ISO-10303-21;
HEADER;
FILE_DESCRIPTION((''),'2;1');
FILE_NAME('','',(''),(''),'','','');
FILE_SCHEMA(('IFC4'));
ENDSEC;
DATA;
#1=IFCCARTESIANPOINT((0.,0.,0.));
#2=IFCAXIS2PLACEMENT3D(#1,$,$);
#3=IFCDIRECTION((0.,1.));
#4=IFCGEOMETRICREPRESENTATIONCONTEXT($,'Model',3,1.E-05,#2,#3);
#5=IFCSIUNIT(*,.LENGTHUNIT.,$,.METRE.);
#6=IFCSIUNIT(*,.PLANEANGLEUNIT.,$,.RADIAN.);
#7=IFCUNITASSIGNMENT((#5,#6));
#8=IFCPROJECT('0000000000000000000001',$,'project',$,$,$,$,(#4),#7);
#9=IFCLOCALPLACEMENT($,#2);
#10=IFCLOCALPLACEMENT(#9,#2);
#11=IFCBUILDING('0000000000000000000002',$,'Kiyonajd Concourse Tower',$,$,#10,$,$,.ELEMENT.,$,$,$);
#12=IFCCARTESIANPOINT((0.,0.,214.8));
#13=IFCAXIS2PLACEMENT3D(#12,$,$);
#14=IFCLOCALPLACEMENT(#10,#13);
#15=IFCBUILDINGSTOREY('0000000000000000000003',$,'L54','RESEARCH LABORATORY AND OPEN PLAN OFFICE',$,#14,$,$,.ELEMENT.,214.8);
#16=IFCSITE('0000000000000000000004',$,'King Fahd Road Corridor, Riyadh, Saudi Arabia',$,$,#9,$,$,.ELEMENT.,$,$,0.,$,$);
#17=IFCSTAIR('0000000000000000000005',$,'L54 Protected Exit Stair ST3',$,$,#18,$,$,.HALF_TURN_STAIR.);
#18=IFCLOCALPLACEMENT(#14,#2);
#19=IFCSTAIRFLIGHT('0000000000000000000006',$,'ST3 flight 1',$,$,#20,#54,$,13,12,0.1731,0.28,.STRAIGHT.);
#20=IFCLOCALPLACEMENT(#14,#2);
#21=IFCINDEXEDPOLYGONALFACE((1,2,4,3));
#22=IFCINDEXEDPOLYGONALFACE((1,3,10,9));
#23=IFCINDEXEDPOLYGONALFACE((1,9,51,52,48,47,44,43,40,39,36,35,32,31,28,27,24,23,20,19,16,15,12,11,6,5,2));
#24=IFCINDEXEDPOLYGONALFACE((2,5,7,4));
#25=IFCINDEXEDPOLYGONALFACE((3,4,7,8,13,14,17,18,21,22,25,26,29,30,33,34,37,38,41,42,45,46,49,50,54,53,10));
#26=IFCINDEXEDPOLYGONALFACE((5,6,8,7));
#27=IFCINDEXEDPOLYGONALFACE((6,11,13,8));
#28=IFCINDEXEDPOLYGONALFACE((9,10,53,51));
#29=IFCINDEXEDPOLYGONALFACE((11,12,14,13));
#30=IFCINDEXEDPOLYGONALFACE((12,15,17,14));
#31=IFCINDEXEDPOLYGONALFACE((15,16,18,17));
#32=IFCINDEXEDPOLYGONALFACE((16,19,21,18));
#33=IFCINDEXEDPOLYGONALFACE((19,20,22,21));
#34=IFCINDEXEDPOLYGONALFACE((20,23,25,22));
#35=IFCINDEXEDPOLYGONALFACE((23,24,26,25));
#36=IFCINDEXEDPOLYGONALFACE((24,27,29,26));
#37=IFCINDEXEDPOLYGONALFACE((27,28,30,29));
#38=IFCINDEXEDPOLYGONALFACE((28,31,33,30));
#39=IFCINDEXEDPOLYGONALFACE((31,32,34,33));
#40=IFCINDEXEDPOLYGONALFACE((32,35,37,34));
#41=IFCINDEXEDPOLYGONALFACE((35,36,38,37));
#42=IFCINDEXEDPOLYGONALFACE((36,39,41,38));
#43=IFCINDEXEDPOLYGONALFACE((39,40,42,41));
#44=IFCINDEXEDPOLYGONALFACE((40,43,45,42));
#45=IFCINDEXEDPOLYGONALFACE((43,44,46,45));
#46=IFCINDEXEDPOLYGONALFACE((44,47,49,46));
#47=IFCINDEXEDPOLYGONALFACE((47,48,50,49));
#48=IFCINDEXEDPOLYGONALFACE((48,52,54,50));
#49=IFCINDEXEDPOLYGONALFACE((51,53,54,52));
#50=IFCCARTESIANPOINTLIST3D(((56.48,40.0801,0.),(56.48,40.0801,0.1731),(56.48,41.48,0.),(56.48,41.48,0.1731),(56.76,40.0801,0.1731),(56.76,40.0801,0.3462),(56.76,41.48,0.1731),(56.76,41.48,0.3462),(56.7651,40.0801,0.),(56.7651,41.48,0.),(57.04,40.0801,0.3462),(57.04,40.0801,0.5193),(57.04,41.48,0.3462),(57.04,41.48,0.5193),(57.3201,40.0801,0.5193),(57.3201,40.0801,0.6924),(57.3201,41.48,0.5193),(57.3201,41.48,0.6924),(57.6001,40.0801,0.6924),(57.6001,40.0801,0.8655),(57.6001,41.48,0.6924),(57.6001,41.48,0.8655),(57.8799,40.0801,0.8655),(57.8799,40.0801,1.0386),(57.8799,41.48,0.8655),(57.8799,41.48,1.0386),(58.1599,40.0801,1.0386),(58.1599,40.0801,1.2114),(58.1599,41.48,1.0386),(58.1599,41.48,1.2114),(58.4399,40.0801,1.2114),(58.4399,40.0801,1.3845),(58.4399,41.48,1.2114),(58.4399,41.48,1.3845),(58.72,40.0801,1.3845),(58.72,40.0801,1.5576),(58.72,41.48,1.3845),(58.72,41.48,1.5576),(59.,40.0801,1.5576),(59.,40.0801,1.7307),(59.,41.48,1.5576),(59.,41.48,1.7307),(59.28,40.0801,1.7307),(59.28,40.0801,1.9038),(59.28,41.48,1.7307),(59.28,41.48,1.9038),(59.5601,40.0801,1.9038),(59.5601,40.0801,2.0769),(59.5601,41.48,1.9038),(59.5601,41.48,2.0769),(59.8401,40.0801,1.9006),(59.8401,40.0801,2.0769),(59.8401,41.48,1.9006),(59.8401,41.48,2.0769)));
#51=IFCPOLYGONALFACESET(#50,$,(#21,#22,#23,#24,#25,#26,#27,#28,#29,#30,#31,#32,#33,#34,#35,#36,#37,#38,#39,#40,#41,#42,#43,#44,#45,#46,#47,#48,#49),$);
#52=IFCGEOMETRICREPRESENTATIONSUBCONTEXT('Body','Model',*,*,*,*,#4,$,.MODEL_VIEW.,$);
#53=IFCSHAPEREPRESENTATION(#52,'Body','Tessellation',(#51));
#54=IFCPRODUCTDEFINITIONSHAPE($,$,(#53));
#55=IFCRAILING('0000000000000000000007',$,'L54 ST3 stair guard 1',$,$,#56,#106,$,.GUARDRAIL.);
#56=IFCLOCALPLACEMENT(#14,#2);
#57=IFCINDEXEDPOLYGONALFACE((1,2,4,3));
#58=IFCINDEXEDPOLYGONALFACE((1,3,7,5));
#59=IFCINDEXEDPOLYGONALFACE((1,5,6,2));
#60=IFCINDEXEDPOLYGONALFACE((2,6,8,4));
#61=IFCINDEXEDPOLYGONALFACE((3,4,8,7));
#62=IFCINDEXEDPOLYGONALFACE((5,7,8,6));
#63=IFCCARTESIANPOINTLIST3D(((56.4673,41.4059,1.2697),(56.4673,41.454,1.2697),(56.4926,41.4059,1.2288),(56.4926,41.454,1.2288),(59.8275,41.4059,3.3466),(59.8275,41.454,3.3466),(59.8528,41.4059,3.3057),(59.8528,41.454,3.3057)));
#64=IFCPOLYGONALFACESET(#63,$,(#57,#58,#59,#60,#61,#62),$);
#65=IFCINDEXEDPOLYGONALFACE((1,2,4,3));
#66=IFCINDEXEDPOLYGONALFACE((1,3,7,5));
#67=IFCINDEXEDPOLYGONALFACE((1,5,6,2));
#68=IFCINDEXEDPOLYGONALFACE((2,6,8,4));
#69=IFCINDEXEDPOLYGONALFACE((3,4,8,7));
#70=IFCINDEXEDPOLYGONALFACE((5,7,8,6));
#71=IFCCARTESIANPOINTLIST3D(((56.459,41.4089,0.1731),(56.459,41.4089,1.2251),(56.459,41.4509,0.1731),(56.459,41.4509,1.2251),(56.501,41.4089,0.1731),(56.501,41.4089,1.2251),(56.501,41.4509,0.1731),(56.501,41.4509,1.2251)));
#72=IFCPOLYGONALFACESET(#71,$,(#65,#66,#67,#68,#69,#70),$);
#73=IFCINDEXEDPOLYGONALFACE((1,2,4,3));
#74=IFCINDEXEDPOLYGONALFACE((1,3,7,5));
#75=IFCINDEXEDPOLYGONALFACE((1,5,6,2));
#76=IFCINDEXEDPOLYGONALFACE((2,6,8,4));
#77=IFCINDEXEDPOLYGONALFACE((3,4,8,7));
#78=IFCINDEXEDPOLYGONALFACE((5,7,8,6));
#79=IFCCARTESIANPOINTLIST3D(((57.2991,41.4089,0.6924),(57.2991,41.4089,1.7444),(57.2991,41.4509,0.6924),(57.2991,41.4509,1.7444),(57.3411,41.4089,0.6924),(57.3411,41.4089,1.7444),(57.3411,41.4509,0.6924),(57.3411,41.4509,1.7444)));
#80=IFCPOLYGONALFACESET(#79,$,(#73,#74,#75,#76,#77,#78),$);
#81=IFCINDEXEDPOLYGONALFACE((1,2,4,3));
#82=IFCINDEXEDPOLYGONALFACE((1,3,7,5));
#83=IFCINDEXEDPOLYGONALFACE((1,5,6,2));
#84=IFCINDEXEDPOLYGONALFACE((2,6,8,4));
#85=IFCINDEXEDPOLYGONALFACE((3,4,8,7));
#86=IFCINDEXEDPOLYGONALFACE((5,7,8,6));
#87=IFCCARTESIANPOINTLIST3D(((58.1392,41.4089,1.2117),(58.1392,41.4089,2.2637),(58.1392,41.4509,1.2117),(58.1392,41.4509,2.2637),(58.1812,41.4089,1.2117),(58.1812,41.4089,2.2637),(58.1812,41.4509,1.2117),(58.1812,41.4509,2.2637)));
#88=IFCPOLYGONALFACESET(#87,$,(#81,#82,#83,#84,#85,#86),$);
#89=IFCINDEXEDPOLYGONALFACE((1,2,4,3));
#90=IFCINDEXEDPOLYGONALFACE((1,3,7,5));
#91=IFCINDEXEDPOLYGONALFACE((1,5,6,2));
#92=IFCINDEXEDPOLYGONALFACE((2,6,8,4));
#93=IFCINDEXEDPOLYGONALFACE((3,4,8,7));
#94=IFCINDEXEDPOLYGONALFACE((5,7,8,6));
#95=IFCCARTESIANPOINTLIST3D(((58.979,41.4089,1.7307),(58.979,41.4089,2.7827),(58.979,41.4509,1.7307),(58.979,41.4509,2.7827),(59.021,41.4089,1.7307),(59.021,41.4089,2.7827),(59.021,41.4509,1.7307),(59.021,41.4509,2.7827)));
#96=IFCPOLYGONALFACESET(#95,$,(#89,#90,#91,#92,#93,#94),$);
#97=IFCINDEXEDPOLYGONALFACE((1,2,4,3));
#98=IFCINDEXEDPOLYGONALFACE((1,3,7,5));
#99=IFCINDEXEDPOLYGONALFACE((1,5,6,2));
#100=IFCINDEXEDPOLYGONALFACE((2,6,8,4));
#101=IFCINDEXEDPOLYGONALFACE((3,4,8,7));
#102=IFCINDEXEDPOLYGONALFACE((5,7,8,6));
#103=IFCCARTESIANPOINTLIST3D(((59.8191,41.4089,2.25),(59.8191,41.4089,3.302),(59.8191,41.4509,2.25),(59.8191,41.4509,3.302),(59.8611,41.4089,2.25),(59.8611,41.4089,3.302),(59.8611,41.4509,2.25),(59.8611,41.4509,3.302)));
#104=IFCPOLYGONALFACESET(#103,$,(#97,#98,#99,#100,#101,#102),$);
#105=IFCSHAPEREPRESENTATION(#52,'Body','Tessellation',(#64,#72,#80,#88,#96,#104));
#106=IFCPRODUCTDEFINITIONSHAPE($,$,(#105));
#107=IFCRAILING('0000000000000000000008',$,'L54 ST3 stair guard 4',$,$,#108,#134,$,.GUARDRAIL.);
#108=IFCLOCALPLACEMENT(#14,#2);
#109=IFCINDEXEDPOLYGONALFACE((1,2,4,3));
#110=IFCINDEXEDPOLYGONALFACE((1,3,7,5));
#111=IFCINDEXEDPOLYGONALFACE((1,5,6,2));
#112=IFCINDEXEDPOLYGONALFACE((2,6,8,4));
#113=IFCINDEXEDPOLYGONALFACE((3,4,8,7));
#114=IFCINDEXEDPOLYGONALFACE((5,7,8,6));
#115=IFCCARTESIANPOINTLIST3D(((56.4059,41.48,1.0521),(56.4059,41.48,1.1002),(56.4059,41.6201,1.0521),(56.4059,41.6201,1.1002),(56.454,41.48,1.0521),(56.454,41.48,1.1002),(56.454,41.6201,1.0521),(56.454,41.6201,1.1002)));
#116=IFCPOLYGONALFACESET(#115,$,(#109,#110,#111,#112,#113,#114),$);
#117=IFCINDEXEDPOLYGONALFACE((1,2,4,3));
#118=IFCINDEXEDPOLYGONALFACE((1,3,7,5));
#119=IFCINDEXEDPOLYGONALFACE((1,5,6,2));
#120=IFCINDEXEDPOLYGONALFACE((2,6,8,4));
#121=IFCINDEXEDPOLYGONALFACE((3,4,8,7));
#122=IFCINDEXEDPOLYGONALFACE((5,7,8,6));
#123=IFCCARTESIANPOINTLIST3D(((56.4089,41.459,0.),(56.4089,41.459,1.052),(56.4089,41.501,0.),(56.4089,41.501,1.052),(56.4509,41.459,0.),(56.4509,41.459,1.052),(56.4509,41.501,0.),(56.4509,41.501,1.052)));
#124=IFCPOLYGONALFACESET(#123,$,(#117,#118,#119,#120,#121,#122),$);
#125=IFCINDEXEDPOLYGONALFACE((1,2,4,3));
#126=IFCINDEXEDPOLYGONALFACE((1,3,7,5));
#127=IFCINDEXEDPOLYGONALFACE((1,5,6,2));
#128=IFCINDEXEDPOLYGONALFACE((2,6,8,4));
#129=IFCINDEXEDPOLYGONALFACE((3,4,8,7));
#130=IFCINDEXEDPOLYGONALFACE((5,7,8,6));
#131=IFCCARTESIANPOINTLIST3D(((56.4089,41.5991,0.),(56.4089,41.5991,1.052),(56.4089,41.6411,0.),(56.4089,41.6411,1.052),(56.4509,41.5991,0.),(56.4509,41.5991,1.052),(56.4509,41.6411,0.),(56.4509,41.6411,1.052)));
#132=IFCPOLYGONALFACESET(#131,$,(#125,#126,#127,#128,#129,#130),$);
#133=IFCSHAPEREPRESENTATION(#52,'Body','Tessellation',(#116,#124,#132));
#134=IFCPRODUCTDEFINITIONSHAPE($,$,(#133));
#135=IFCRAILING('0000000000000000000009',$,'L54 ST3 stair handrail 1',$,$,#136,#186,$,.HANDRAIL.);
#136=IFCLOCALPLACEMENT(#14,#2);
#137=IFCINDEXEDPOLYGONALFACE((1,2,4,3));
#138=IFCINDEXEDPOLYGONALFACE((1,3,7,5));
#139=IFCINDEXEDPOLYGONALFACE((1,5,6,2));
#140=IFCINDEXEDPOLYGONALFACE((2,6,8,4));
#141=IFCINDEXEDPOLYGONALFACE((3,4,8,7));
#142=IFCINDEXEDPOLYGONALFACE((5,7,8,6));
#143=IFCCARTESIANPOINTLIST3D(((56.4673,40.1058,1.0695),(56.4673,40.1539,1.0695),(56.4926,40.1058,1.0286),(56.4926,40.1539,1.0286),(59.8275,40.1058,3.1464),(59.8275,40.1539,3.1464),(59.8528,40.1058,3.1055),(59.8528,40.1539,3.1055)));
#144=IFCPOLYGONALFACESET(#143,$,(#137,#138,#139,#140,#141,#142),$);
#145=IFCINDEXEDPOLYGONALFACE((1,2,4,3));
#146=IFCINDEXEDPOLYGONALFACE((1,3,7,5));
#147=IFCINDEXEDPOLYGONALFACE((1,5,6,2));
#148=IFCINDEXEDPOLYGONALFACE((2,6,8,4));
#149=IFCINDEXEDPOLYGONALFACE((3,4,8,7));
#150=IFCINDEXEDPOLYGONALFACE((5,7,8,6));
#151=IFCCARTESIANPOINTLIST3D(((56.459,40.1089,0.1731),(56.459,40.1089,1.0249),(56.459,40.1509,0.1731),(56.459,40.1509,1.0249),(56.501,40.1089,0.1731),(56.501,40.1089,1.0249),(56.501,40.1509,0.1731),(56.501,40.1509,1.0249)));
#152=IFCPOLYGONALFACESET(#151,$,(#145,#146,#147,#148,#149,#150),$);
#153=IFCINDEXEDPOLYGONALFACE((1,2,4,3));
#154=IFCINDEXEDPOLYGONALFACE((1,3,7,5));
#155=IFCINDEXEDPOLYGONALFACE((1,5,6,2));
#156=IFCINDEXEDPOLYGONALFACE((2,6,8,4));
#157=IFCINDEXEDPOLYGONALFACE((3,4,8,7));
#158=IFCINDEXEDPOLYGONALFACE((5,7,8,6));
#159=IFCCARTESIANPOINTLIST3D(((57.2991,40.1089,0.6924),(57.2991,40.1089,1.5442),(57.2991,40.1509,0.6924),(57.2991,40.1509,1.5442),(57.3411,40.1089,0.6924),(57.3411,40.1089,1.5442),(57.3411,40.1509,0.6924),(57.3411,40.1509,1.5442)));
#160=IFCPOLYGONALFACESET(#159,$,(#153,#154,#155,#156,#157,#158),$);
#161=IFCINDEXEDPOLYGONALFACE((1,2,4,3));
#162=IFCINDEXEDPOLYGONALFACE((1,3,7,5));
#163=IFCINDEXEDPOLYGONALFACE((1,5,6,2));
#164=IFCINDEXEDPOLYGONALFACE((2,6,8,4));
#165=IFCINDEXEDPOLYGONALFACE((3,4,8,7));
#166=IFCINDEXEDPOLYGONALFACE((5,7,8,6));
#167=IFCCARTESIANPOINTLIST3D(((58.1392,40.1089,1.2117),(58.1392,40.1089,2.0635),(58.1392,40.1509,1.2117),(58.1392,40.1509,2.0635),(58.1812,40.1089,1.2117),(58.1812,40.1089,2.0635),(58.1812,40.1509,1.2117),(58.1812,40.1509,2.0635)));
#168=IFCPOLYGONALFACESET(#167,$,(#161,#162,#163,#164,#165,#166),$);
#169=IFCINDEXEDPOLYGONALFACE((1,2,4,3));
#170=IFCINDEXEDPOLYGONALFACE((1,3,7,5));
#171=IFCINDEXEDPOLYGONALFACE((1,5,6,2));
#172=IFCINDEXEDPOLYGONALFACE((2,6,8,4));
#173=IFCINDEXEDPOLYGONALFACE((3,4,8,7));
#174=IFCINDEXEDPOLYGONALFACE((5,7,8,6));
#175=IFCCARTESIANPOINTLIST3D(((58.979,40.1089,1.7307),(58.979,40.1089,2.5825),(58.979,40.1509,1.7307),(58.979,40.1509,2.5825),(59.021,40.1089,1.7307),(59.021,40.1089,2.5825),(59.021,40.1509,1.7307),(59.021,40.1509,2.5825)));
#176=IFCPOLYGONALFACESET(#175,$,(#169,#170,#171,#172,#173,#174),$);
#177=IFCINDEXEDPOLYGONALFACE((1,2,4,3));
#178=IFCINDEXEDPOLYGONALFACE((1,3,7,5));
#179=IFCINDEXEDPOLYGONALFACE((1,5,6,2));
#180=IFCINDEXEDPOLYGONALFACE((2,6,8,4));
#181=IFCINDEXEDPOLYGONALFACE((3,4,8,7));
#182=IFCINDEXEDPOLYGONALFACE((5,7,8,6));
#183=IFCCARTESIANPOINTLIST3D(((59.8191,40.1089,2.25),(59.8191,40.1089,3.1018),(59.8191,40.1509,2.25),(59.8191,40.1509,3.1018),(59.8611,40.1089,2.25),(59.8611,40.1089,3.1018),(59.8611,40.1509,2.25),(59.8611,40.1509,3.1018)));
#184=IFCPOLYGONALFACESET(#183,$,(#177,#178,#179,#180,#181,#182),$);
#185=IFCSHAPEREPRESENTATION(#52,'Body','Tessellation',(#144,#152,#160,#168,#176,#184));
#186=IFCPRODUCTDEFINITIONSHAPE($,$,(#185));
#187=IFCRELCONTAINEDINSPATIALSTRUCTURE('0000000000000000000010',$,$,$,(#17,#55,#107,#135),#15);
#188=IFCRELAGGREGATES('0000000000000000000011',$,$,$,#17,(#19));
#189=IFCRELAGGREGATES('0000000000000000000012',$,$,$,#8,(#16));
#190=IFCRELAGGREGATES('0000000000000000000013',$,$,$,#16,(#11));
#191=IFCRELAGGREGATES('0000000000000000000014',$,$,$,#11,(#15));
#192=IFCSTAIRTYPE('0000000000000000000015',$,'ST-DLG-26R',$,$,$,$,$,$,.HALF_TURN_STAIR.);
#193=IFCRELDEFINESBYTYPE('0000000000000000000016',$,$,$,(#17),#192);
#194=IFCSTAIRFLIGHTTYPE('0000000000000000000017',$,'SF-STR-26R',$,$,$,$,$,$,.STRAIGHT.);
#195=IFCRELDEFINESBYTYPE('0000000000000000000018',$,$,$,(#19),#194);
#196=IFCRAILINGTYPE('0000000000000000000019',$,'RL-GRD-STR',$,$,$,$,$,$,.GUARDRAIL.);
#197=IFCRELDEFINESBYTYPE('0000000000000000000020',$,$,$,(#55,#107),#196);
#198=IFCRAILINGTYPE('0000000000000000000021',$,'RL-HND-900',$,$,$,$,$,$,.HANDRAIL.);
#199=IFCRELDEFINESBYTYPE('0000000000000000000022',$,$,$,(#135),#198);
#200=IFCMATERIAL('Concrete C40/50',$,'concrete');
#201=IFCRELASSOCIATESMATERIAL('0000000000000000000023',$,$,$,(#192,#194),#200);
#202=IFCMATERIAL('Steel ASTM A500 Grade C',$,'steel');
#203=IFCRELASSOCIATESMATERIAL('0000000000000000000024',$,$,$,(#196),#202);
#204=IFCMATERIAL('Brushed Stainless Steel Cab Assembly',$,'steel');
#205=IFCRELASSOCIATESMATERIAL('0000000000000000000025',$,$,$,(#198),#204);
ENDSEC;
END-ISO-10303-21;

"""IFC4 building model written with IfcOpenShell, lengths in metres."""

from ifc_helpers import new_model, si_unit, direction, frame, origin, origin_2d, place, context, subcontext, project, spatial, polyline, rectangle, outline, extrude, material, type_object, element, aggregate, save


model = new_model("IFC4")

# Units and contexts
model_context = context("Model", 3, precision=1e-05, world=origin(), true_north=direction((0.0, 1.0)))
body_context = subcontext(model_context, "Body", "Model", "MODEL_VIEW")
ifc_project = project(units=[si_unit("LENGTHUNIT", "METRE"), si_unit("PLANEANGLEUNIT", "RADIAN")], contexts=[model_context])

# Site, building, storey
site_placement = place(None, origin())
site = spatial("IfcSite", under=ifc_project, at=site_placement, Name="King Fahd Road Corridor, Riyadh, Saudi Arabia", CompositionType="ELEMENT", RefElevation=0.0)
building_placement = place(site_placement, origin())
building = spatial("IfcBuilding", under=site, at=building_placement, Name="Kiyonajd Concourse Tower", CompositionType="ELEMENT")
storey_placement = place(building_placement, frame((0.0, 0.0, 214.8)))
storey = spatial("IfcBuildingStorey", under=building, at=storey_placement, Name="L54", Description="RESEARCH LABORATORY AND OPEN PLAN OFFICE", CompositionType="ELEMENT", Elevation=214.8)

# Shared definitions
ifc_material_1 = material(Name="Brushed Stainless Steel Cab Assembly", Category="steel")

# Stair, stair flight
ifc_material_2 = material(Name="Concrete C40/50", Category="concrete")
stair_type = type_object("IfcStairType", Name="ST-DLG-26R", PredefinedType="HALF_TURN_STAIR", material=ifc_material_2)
stair_placement = place(storey_placement, origin())
stair = element("IfcStair", 1, at=stair_placement, inside=storey, type_object=stair_type, Name="L54 Protected Exit Stair ST3", PredefinedType="HALF_TURN_STAIR")
stair_flight_type = type_object("IfcStairFlightType", Name="SF-STR-26R", PredefinedType="STRAIGHT", material=ifc_material_2)
stair_flight_placement = place(storey_placement, frame((56.48, 40.78, 0.0), z_axis=(0.0, 0.0, 1.0), x_axis=(1.0, 0.0, 0.0)))
stair_flight = element("IfcStairFlight", 2, at=stair_flight_placement, type_object=stair_flight_type, Name="ST3 flight 1", NumberOfRisers=13, NumberOfTreads=12, PredefinedType="STRAIGHT", RiserHeight=0.1731, TreadLength=0.28, context=body_context, shape_type="SweptSolid", body=[
    extrude(outline(polyline([(0.0, 0.0), (0.0, 0.1731), (0.28, 0.1731), (0.28, 0.3462), (0.5601, 0.3462), (0.5601, 0.5193), (0.8401, 0.5193), (0.8401, 0.6924), (1.1201, 0.6924), (1.1201, 0.8655), (1.3999, 0.8655), (1.3999, 1.0386), (1.6799, 1.0386), (1.6799, 1.2114), (1.96, 1.2114), (1.96, 1.3845), (2.24, 1.3845), (2.24, 1.5576), (2.52, 1.5576), (2.52, 1.7307), (2.8, 1.7307), (2.8, 1.9038), (3.0801, 1.9038), (3.0801, 2.0769), (3.3601, 2.0769), (3.3601, 2.25), (3.3601, 1.9006), (0.2852, 0.0), (0.0, 0.0)])), frame((0.0, 0.7, 0.0), z_axis=(0.0, -1.0, 0.0), x_axis=(1.0, 0.0, 0.0)), (0.0, 0.0, 1.0), 1.3999),
])
aggregate(stair, [stair_flight])

# Railings
ifc_material_3 = material(Name="Steel ASTM A500 Grade C", Category="steel")
railing_type_1 = type_object("IfcRailingType", Name="RL-GRD-STR", PredefinedType="GUARDRAIL", material=ifc_material_3)
railing_1_placement = place(storey_placement, frame((56.48, 41.4299, 0.1731)))
element("IfcRailing", 3, at=railing_1_placement, inside=storey, type_object=railing_type_1, Name="L54 ST3 stair guard 1", PredefinedType="GUARDRAIL", context=body_context, shape_type="SweptSolid", body=[
    extrude(rectangle(XDim=0.0481, YDim=0.0481, at=origin_2d()), frame((0.0, 0.0, 1.0762), z_axis=(0.850623, 0.0, 0.525776), x_axis=(0.0, 1.0, 0.0)), (0.0, 0.0, 1.0), 3.9502),
    extrude(rectangle(XDim=0.042, YDim=0.042, at=origin_2d()), origin(), (0.0, 0.0, 1.0), 1.052),
    extrude(rectangle(XDim=0.042, YDim=0.042, at=origin_2d()), frame((0.8401, 0.0, 0.5193)), (0.0, 0.0, 1.0), 1.052),
    extrude(rectangle(XDim=0.042, YDim=0.042, at=origin_2d()), frame((1.6802, 0.0, 1.0386)), (0.0, 0.0, 1.0), 1.052),
    extrude(rectangle(XDim=0.042, YDim=0.042, at=origin_2d()), frame((2.52, 0.0, 1.5576)), (0.0, 0.0, 1.0), 1.052),
    extrude(rectangle(XDim=0.042, YDim=0.042, at=origin_2d()), frame((3.3601, 0.0, 2.0769)), (0.0, 0.0, 1.0), 1.052),
])
railing_2_placement = place(storey_placement, frame((56.4299, 41.48, 0.0)))
element("IfcRailing", 4, at=railing_2_placement, inside=storey, type_object=railing_type_1, Name="L54 ST3 stair guard 4", PredefinedType="GUARDRAIL", context=body_context, shape_type="SweptSolid", body=[
    extrude(rectangle(XDim=0.0481, YDim=0.0481, at=origin_2d()), frame((0.0, 0.0, 1.0762), z_axis=(0.0, 1.0, 0.0), x_axis=(-1.0, 0.0, 0.0)), (0.0, 0.0, 1.0), 0.1401),
    extrude(rectangle(XDim=0.042, YDim=0.042, at=origin_2d()), origin(), (0.0, 0.0, 1.0), 1.052),
    extrude(rectangle(XDim=0.042, YDim=0.042, at=origin_2d()), frame((0.0, 0.1401, 0.0)), (0.0, 0.0, 1.0), 1.052),
])
railing_type_2 = type_object("IfcRailingType", Name="RL-HND-900", PredefinedType="HANDRAIL", material=ifc_material_1)
railing_3_placement = place(storey_placement, frame((56.48, 40.1299, 0.1731)))
element("IfcRailing", 5, at=railing_3_placement, inside=storey, type_object=railing_type_2, Name="L54 ST3 stair handrail 1", PredefinedType="HANDRAIL", context=body_context, shape_type="SweptSolid", body=[
    extrude(rectangle(XDim=0.0481, YDim=0.0481, at=origin_2d()), frame((0.0, 0.0, 0.876), z_axis=(0.850623, 0.0, 0.525776), x_axis=(0.0, 1.0, 0.0)), (0.0, 0.0, 1.0), 3.9502),
    extrude(rectangle(XDim=0.042, YDim=0.042, at=origin_2d()), origin(), (0.0, 0.0, 1.0), 0.8518),
    extrude(rectangle(XDim=0.042, YDim=0.042, at=origin_2d()), frame((0.8401, 0.0, 0.5193)), (0.0, 0.0, 1.0), 0.8518),
    extrude(rectangle(XDim=0.042, YDim=0.042, at=origin_2d()), frame((1.6802, 0.0, 1.0386)), (0.0, 0.0, 1.0), 0.8518),
    extrude(rectangle(XDim=0.042, YDim=0.042, at=origin_2d()), frame((2.52, 0.0, 1.5576)), (0.0, 0.0, 1.0), 0.8518),
    extrude(rectangle(XDim=0.042, YDim=0.042, at=origin_2d()), frame((3.3601, 0.0, 2.0769)), (0.0, 0.0, 1.0), 0.8518),
])

save(model, "model.ifc")
